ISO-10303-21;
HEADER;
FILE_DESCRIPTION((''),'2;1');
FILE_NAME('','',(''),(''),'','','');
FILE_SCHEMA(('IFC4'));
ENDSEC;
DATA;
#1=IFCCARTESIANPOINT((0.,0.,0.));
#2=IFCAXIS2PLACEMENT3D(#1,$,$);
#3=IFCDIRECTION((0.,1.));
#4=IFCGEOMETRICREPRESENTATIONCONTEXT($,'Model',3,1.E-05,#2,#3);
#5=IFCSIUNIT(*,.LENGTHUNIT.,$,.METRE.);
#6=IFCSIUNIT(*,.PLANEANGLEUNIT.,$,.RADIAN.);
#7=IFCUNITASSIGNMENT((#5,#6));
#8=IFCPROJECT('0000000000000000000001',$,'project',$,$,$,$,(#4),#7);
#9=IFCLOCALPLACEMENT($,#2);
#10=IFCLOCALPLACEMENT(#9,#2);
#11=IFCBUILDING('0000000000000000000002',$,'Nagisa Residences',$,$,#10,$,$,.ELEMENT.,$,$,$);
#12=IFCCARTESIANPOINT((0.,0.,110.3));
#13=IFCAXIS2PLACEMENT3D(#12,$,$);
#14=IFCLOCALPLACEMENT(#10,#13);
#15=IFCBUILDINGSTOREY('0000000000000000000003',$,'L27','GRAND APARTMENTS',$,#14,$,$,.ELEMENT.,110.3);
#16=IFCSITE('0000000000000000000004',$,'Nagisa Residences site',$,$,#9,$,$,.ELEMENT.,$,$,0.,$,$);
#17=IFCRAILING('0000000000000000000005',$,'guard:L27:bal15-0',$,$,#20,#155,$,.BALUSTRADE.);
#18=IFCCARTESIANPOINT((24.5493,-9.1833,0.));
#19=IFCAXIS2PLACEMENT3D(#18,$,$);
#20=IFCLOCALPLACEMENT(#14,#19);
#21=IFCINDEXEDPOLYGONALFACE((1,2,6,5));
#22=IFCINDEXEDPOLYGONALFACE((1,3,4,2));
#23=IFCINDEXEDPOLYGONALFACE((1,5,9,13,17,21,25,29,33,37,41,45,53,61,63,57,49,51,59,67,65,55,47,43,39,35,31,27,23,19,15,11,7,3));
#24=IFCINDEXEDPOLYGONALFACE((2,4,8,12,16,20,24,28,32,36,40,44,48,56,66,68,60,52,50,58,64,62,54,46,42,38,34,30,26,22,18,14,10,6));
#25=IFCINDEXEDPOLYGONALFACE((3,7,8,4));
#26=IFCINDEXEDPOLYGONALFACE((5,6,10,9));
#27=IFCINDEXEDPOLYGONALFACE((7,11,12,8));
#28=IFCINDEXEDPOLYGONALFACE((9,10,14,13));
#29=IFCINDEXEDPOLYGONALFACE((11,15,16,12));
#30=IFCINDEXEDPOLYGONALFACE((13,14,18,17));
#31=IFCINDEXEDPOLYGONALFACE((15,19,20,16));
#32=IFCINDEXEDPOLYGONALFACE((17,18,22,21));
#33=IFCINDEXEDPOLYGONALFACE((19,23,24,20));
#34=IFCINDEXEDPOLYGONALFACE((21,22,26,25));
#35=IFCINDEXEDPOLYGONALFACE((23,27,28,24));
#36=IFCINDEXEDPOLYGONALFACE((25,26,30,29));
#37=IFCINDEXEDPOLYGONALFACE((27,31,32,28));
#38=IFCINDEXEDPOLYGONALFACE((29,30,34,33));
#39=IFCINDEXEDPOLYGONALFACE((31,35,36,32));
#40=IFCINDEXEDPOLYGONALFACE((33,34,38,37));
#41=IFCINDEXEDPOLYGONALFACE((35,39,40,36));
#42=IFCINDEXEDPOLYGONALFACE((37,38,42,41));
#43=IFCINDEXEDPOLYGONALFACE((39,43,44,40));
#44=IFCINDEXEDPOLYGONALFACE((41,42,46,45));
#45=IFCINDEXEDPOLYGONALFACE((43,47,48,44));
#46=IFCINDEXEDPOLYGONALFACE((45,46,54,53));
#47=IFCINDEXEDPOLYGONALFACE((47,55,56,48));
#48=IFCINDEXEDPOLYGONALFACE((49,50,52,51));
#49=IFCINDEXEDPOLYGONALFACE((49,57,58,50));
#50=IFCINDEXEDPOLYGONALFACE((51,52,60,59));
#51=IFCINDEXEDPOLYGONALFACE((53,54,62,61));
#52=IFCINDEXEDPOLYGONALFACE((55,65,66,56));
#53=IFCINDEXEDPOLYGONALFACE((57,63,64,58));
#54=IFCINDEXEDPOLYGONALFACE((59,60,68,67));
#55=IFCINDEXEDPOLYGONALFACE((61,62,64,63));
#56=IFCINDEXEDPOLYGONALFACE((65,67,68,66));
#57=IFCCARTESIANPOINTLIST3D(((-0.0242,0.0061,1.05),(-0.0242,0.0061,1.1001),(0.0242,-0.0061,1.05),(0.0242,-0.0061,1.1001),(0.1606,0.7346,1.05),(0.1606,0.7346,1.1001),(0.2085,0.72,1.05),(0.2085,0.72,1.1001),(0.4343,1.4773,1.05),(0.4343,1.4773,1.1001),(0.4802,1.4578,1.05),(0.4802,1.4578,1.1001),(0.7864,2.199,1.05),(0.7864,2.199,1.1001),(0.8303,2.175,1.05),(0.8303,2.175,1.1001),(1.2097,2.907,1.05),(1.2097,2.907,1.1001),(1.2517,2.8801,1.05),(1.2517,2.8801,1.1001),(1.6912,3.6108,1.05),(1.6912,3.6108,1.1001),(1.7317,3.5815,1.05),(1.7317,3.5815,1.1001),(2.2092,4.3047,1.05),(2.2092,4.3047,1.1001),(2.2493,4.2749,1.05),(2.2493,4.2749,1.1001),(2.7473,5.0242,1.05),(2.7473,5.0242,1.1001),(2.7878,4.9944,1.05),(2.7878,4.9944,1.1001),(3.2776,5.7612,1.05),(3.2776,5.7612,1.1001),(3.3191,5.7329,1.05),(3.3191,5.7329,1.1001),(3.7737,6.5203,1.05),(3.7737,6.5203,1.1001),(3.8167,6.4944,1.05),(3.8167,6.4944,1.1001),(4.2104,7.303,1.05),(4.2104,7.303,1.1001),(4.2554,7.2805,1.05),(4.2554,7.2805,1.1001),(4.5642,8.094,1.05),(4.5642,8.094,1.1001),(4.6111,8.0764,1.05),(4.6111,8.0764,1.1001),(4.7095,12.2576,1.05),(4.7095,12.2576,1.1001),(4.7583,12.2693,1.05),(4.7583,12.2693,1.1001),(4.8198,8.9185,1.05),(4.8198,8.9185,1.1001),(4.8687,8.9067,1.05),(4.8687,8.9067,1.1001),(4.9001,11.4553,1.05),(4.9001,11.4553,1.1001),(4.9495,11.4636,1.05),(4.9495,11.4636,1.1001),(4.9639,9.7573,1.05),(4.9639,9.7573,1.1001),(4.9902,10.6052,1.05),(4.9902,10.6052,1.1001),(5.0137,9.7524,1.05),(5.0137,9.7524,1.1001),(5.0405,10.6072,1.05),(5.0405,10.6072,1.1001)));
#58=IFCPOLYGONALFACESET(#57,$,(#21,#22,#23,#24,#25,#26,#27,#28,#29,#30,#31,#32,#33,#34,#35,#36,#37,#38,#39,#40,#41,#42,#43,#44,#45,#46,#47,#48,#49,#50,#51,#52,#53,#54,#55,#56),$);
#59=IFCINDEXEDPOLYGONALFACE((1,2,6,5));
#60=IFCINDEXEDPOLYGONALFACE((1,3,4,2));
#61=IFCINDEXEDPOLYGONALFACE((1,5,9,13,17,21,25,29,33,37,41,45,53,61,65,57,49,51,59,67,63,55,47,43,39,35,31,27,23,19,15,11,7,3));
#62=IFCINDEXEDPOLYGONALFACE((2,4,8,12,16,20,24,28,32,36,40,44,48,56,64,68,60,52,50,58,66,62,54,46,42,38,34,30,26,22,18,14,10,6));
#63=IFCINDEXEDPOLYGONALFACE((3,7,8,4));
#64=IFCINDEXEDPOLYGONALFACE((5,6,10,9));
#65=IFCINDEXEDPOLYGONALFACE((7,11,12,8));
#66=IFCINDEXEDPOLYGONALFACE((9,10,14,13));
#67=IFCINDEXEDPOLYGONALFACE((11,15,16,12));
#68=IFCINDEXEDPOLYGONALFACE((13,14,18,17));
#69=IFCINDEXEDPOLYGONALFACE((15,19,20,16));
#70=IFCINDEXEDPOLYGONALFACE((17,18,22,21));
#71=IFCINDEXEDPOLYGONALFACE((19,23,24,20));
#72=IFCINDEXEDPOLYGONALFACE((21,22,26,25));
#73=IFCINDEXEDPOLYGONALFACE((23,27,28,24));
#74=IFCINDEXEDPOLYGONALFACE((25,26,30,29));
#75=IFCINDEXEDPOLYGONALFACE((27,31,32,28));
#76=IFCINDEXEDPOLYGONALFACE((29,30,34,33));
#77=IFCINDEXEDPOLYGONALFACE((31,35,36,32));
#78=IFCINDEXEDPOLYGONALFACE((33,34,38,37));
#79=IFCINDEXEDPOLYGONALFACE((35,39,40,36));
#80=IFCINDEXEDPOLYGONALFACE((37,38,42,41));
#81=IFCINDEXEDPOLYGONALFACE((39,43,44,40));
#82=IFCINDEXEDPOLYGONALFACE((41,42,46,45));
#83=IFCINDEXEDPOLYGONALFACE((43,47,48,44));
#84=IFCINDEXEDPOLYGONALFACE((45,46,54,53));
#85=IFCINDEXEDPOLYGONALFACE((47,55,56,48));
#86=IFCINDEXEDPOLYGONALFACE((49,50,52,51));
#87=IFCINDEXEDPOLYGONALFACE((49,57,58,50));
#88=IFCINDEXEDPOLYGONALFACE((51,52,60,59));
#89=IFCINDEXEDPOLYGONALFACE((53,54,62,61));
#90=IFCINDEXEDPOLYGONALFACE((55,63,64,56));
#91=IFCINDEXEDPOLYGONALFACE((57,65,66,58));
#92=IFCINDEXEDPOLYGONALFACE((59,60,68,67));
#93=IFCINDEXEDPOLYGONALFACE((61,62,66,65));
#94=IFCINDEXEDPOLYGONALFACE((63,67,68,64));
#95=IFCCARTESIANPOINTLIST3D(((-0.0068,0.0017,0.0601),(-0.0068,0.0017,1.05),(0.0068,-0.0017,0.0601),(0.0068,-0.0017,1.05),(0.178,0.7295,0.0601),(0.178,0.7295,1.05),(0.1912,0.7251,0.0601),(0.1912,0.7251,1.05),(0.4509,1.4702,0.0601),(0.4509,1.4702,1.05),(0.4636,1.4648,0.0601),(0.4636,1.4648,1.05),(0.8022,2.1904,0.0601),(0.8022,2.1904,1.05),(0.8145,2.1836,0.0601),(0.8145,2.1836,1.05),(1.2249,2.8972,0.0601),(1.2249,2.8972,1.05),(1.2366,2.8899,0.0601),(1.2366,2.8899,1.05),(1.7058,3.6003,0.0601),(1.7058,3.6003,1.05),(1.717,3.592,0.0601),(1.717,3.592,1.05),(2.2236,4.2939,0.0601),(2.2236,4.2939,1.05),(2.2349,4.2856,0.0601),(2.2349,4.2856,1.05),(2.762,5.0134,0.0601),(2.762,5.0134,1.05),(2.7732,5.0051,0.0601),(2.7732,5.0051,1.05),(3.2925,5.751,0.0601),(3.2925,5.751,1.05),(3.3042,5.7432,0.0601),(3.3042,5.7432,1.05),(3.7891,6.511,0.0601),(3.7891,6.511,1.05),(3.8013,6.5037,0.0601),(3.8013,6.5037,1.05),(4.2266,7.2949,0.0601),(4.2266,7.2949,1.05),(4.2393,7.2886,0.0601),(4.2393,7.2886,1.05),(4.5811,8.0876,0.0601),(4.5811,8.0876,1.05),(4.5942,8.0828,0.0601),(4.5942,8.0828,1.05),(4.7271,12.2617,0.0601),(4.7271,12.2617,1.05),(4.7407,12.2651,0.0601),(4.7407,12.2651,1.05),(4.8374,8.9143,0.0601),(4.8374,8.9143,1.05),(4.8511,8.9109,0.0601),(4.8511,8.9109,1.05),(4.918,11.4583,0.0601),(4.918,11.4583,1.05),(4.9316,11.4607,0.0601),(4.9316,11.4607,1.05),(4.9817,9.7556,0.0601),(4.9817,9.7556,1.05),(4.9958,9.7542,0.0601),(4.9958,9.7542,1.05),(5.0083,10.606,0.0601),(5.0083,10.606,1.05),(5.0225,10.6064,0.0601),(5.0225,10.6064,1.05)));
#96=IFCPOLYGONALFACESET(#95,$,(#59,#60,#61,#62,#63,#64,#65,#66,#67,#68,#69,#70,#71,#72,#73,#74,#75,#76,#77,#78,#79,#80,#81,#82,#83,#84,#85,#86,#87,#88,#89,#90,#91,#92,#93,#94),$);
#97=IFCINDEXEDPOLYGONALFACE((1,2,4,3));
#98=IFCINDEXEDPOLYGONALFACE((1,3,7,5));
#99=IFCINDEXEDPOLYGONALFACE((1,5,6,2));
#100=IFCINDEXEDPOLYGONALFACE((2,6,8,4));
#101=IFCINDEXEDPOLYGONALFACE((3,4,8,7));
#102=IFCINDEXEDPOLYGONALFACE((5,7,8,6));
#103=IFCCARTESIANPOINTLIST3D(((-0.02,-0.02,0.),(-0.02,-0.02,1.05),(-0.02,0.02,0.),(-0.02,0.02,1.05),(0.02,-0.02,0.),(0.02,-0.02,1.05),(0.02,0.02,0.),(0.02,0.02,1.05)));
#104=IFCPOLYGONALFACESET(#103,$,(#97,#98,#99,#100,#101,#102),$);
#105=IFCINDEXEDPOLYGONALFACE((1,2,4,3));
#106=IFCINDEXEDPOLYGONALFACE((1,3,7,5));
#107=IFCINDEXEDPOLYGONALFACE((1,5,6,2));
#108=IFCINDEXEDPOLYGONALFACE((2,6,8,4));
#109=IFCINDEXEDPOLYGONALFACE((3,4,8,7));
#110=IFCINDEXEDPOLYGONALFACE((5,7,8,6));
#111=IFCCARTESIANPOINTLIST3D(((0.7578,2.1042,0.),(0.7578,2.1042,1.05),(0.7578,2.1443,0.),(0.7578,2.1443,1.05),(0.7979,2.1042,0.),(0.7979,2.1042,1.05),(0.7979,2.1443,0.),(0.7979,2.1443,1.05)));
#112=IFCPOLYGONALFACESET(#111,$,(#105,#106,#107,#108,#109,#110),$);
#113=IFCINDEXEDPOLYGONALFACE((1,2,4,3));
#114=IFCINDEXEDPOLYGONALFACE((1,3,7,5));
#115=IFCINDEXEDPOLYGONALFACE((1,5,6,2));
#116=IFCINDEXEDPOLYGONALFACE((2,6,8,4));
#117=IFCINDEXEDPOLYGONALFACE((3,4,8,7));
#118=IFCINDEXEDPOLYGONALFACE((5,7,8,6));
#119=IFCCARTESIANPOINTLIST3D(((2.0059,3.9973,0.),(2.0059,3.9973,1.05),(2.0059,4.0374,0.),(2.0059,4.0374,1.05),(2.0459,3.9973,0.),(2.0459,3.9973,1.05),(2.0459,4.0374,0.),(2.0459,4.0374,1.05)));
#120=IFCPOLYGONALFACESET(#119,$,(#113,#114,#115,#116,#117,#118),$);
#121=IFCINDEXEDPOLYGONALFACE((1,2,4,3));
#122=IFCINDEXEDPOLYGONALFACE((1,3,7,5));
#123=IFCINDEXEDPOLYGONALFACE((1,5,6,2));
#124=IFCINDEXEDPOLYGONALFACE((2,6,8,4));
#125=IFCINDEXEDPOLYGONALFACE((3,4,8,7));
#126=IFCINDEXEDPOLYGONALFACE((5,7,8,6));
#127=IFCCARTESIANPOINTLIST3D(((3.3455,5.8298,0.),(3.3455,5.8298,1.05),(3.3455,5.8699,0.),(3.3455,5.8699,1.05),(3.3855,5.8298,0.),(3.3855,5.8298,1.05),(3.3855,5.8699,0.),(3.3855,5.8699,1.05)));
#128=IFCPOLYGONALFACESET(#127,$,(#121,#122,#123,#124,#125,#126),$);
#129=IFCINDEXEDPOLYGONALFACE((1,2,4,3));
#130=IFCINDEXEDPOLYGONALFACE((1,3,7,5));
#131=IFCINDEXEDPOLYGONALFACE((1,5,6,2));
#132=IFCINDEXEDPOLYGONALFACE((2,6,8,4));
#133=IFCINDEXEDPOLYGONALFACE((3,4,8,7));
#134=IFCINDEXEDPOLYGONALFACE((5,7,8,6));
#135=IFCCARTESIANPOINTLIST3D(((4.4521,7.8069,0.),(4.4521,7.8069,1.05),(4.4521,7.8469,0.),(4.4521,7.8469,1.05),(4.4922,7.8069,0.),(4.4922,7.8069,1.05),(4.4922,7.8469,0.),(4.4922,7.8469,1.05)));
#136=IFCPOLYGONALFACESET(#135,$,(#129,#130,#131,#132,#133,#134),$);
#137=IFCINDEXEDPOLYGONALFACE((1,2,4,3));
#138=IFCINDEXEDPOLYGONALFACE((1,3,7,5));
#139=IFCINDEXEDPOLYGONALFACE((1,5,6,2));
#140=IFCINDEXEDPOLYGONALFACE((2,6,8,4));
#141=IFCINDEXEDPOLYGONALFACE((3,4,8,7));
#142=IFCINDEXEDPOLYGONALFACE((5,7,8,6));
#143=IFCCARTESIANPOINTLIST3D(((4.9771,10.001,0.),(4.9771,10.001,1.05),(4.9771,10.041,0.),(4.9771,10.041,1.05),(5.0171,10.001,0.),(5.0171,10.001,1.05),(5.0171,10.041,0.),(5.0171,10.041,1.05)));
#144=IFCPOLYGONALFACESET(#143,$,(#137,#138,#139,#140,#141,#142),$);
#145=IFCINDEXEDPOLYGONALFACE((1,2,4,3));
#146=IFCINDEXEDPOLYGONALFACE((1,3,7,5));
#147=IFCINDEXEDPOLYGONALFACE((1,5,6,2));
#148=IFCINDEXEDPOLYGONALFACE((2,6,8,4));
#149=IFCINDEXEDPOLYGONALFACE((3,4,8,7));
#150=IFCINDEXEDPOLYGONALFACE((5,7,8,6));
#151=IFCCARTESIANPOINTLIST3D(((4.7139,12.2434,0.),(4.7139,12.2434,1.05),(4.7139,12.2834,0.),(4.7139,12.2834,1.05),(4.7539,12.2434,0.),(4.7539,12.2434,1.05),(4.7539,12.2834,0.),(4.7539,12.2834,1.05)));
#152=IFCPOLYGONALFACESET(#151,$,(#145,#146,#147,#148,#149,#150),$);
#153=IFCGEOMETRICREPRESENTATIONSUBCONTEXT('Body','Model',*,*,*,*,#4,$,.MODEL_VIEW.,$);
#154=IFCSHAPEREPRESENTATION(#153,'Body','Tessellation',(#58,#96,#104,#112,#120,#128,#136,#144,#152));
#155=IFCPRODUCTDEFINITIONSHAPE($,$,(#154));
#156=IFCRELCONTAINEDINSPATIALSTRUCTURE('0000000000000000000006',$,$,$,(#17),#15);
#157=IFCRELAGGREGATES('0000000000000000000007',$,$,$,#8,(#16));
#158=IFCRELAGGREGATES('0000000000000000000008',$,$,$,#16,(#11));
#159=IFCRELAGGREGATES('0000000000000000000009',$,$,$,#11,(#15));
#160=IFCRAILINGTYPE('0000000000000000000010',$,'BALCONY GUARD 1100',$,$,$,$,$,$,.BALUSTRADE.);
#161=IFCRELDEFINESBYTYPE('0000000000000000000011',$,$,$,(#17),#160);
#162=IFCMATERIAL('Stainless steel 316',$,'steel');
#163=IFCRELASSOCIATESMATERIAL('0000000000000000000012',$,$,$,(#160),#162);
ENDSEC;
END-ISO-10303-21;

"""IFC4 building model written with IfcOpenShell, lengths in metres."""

from ifc_helpers import new_model, si_unit, direction, frame, origin, origin_2d, place, context, subcontext, project, spatial, polyline, rectangle, outline, extrude, material, type_object, element, save


model = new_model("IFC4")

# Units and contexts
model_context = context("Model", 3, precision=1e-05, world=origin(), true_north=direction((0.0, 1.0)))
body_context = subcontext(model_context, "Body", "Model", "MODEL_VIEW")
ifc_project = project(units=[si_unit("LENGTHUNIT", "METRE"), si_unit("PLANEANGLEUNIT", "RADIAN")], contexts=[model_context])

# Site, building, storey
site_placement = place(None, origin())
site = spatial("IfcSite", under=ifc_project, at=site_placement, Name="Nagisa Residences site", CompositionType="ELEMENT", RefElevation=0.0)
building_placement = place(site_placement, origin())
building = spatial("IfcBuilding", under=site, at=building_placement, Name="Nagisa Residences", CompositionType="ELEMENT")
storey_placement = place(building_placement, frame((0.0, 0.0, 110.3)))
storey = spatial("IfcBuildingStorey", under=building, at=storey_placement, Name="L27", Description="GRAND APARTMENTS", CompositionType="ELEMENT", Elevation=110.3)

# Railing
ifc_material_1 = material(Name="Stainless steel 316", Category="steel")
railing_type_1 = type_object("IfcRailingType", Name="BALCONY GUARD 1100", PredefinedType="BALUSTRADE", material=ifc_material_1)
railing_1_placement = place(storey_placement, frame((24.5493, -9.1833, 0.0)))
element("IfcRailing", 1, at=railing_1_placement, inside=storey, type_object=railing_type_1, Name="guard:L27:bal15-0", PredefinedType="BALUSTRADE", context=body_context, shape_type="SweptSolid", body=[
    extrude(outline(polyline([(0.1606, 0.7346), (-0.0242, 0.0061), (0.0242, -0.0061), (0.2085, 0.72), (0.4802, 1.4578), (0.8303, 2.175), (1.2517, 2.8801), (1.7317, 3.5815), (2.2493, 4.2749), (2.7878, 4.9944), (3.3191, 5.7329), (3.8167, 6.4944), (4.2554, 7.2805), (4.6111, 8.0764), (4.8687, 8.9067), (5.0137, 9.7524), (5.0405, 10.6072), (4.9495, 11.4636), (4.7583, 12.2693), (4.7095, 12.2576), (4.9001, 11.4553), (4.9902, 10.6052), (4.9639, 9.7573), (4.8198, 8.9185), (4.5642, 8.094), (4.2104, 7.303), (3.7737, 6.5203), (3.2776, 5.7612), (2.7473, 5.0242), (2.2092, 4.3047), (1.6912, 3.6108), (1.2097, 2.907), (0.7864, 2.199), (0.4343, 1.4773), (0.1606, 0.7346)])), frame((0.0, 0.0, 1.05)), (0.0, 0.0, 1.0), 0.05),
    extrude(outline(polyline([(0.178, 0.7295), (-0.0068, 0.0017), (0.0068, -0.0017), (0.1912, 0.7251), (0.4636, 1.4648), (0.8145, 2.1836), (1.2366, 2.8899), (1.717, 3.592), (2.2349, 4.2856), (2.7732, 5.0051), (3.3042, 5.7432), (3.8013, 6.5037), (4.2393, 7.2886), (4.5942, 8.0828), (4.8511, 8.9109), (4.9958, 9.7542), (5.0225, 10.6064), (4.9316, 11.4607), (4.7407, 12.2651), (4.7271, 12.2617), (4.918, 11.4583), (5.0083, 10.606), (4.9817, 9.7556), (4.8374, 8.9143), (4.5811, 8.0876), (4.2266, 7.2949), (3.7891, 6.511), (3.2925, 5.751), (2.762, 5.0134), (2.2236, 4.2939), (1.7058, 3.6003), (1.2249, 2.8972), (0.8022, 2.1904), (0.4509, 1.4702), (0.178, 0.7295)])), frame((0.0, 0.0, 0.0601)), (0.0, 0.0, 1.0), 0.99),
    extrude(rectangle(XDim=0.04, YDim=0.04, at=origin_2d()), origin(), (0.0, 0.0, 1.0), 1.05),
    extrude(rectangle(XDim=0.04, YDim=0.04, at=origin_2d()), frame((0.7778, 2.1243, 0.0)), (0.0, 0.0, 1.0), 1.05),
    extrude(rectangle(XDim=0.04, YDim=0.04, at=origin_2d()), frame((2.0259, 4.0173, 0.0)), (0.0, 0.0, 1.0), 1.05),
    extrude(rectangle(XDim=0.04, YDim=0.04, at=origin_2d()), frame((3.3655, 5.8499, 0.0)), (0.0, 0.0, 1.0), 1.05),
    extrude(rectangle(XDim=0.04, YDim=0.04, at=origin_2d()), frame((4.4722, 7.8269, 0.0)), (0.0, 0.0, 1.0), 1.05),
    extrude(rectangle(XDim=0.04, YDim=0.04, at=origin_2d()), frame((4.9971, 10.021, 0.0)), (0.0, 0.0, 1.0), 1.05),
    extrude(rectangle(XDim=0.04, YDim=0.04, at=origin_2d()), frame((4.7339, 12.2634, 0.0)), (0.0, 0.0, 1.0), 1.05),
])

save(model, "model.ifc")
